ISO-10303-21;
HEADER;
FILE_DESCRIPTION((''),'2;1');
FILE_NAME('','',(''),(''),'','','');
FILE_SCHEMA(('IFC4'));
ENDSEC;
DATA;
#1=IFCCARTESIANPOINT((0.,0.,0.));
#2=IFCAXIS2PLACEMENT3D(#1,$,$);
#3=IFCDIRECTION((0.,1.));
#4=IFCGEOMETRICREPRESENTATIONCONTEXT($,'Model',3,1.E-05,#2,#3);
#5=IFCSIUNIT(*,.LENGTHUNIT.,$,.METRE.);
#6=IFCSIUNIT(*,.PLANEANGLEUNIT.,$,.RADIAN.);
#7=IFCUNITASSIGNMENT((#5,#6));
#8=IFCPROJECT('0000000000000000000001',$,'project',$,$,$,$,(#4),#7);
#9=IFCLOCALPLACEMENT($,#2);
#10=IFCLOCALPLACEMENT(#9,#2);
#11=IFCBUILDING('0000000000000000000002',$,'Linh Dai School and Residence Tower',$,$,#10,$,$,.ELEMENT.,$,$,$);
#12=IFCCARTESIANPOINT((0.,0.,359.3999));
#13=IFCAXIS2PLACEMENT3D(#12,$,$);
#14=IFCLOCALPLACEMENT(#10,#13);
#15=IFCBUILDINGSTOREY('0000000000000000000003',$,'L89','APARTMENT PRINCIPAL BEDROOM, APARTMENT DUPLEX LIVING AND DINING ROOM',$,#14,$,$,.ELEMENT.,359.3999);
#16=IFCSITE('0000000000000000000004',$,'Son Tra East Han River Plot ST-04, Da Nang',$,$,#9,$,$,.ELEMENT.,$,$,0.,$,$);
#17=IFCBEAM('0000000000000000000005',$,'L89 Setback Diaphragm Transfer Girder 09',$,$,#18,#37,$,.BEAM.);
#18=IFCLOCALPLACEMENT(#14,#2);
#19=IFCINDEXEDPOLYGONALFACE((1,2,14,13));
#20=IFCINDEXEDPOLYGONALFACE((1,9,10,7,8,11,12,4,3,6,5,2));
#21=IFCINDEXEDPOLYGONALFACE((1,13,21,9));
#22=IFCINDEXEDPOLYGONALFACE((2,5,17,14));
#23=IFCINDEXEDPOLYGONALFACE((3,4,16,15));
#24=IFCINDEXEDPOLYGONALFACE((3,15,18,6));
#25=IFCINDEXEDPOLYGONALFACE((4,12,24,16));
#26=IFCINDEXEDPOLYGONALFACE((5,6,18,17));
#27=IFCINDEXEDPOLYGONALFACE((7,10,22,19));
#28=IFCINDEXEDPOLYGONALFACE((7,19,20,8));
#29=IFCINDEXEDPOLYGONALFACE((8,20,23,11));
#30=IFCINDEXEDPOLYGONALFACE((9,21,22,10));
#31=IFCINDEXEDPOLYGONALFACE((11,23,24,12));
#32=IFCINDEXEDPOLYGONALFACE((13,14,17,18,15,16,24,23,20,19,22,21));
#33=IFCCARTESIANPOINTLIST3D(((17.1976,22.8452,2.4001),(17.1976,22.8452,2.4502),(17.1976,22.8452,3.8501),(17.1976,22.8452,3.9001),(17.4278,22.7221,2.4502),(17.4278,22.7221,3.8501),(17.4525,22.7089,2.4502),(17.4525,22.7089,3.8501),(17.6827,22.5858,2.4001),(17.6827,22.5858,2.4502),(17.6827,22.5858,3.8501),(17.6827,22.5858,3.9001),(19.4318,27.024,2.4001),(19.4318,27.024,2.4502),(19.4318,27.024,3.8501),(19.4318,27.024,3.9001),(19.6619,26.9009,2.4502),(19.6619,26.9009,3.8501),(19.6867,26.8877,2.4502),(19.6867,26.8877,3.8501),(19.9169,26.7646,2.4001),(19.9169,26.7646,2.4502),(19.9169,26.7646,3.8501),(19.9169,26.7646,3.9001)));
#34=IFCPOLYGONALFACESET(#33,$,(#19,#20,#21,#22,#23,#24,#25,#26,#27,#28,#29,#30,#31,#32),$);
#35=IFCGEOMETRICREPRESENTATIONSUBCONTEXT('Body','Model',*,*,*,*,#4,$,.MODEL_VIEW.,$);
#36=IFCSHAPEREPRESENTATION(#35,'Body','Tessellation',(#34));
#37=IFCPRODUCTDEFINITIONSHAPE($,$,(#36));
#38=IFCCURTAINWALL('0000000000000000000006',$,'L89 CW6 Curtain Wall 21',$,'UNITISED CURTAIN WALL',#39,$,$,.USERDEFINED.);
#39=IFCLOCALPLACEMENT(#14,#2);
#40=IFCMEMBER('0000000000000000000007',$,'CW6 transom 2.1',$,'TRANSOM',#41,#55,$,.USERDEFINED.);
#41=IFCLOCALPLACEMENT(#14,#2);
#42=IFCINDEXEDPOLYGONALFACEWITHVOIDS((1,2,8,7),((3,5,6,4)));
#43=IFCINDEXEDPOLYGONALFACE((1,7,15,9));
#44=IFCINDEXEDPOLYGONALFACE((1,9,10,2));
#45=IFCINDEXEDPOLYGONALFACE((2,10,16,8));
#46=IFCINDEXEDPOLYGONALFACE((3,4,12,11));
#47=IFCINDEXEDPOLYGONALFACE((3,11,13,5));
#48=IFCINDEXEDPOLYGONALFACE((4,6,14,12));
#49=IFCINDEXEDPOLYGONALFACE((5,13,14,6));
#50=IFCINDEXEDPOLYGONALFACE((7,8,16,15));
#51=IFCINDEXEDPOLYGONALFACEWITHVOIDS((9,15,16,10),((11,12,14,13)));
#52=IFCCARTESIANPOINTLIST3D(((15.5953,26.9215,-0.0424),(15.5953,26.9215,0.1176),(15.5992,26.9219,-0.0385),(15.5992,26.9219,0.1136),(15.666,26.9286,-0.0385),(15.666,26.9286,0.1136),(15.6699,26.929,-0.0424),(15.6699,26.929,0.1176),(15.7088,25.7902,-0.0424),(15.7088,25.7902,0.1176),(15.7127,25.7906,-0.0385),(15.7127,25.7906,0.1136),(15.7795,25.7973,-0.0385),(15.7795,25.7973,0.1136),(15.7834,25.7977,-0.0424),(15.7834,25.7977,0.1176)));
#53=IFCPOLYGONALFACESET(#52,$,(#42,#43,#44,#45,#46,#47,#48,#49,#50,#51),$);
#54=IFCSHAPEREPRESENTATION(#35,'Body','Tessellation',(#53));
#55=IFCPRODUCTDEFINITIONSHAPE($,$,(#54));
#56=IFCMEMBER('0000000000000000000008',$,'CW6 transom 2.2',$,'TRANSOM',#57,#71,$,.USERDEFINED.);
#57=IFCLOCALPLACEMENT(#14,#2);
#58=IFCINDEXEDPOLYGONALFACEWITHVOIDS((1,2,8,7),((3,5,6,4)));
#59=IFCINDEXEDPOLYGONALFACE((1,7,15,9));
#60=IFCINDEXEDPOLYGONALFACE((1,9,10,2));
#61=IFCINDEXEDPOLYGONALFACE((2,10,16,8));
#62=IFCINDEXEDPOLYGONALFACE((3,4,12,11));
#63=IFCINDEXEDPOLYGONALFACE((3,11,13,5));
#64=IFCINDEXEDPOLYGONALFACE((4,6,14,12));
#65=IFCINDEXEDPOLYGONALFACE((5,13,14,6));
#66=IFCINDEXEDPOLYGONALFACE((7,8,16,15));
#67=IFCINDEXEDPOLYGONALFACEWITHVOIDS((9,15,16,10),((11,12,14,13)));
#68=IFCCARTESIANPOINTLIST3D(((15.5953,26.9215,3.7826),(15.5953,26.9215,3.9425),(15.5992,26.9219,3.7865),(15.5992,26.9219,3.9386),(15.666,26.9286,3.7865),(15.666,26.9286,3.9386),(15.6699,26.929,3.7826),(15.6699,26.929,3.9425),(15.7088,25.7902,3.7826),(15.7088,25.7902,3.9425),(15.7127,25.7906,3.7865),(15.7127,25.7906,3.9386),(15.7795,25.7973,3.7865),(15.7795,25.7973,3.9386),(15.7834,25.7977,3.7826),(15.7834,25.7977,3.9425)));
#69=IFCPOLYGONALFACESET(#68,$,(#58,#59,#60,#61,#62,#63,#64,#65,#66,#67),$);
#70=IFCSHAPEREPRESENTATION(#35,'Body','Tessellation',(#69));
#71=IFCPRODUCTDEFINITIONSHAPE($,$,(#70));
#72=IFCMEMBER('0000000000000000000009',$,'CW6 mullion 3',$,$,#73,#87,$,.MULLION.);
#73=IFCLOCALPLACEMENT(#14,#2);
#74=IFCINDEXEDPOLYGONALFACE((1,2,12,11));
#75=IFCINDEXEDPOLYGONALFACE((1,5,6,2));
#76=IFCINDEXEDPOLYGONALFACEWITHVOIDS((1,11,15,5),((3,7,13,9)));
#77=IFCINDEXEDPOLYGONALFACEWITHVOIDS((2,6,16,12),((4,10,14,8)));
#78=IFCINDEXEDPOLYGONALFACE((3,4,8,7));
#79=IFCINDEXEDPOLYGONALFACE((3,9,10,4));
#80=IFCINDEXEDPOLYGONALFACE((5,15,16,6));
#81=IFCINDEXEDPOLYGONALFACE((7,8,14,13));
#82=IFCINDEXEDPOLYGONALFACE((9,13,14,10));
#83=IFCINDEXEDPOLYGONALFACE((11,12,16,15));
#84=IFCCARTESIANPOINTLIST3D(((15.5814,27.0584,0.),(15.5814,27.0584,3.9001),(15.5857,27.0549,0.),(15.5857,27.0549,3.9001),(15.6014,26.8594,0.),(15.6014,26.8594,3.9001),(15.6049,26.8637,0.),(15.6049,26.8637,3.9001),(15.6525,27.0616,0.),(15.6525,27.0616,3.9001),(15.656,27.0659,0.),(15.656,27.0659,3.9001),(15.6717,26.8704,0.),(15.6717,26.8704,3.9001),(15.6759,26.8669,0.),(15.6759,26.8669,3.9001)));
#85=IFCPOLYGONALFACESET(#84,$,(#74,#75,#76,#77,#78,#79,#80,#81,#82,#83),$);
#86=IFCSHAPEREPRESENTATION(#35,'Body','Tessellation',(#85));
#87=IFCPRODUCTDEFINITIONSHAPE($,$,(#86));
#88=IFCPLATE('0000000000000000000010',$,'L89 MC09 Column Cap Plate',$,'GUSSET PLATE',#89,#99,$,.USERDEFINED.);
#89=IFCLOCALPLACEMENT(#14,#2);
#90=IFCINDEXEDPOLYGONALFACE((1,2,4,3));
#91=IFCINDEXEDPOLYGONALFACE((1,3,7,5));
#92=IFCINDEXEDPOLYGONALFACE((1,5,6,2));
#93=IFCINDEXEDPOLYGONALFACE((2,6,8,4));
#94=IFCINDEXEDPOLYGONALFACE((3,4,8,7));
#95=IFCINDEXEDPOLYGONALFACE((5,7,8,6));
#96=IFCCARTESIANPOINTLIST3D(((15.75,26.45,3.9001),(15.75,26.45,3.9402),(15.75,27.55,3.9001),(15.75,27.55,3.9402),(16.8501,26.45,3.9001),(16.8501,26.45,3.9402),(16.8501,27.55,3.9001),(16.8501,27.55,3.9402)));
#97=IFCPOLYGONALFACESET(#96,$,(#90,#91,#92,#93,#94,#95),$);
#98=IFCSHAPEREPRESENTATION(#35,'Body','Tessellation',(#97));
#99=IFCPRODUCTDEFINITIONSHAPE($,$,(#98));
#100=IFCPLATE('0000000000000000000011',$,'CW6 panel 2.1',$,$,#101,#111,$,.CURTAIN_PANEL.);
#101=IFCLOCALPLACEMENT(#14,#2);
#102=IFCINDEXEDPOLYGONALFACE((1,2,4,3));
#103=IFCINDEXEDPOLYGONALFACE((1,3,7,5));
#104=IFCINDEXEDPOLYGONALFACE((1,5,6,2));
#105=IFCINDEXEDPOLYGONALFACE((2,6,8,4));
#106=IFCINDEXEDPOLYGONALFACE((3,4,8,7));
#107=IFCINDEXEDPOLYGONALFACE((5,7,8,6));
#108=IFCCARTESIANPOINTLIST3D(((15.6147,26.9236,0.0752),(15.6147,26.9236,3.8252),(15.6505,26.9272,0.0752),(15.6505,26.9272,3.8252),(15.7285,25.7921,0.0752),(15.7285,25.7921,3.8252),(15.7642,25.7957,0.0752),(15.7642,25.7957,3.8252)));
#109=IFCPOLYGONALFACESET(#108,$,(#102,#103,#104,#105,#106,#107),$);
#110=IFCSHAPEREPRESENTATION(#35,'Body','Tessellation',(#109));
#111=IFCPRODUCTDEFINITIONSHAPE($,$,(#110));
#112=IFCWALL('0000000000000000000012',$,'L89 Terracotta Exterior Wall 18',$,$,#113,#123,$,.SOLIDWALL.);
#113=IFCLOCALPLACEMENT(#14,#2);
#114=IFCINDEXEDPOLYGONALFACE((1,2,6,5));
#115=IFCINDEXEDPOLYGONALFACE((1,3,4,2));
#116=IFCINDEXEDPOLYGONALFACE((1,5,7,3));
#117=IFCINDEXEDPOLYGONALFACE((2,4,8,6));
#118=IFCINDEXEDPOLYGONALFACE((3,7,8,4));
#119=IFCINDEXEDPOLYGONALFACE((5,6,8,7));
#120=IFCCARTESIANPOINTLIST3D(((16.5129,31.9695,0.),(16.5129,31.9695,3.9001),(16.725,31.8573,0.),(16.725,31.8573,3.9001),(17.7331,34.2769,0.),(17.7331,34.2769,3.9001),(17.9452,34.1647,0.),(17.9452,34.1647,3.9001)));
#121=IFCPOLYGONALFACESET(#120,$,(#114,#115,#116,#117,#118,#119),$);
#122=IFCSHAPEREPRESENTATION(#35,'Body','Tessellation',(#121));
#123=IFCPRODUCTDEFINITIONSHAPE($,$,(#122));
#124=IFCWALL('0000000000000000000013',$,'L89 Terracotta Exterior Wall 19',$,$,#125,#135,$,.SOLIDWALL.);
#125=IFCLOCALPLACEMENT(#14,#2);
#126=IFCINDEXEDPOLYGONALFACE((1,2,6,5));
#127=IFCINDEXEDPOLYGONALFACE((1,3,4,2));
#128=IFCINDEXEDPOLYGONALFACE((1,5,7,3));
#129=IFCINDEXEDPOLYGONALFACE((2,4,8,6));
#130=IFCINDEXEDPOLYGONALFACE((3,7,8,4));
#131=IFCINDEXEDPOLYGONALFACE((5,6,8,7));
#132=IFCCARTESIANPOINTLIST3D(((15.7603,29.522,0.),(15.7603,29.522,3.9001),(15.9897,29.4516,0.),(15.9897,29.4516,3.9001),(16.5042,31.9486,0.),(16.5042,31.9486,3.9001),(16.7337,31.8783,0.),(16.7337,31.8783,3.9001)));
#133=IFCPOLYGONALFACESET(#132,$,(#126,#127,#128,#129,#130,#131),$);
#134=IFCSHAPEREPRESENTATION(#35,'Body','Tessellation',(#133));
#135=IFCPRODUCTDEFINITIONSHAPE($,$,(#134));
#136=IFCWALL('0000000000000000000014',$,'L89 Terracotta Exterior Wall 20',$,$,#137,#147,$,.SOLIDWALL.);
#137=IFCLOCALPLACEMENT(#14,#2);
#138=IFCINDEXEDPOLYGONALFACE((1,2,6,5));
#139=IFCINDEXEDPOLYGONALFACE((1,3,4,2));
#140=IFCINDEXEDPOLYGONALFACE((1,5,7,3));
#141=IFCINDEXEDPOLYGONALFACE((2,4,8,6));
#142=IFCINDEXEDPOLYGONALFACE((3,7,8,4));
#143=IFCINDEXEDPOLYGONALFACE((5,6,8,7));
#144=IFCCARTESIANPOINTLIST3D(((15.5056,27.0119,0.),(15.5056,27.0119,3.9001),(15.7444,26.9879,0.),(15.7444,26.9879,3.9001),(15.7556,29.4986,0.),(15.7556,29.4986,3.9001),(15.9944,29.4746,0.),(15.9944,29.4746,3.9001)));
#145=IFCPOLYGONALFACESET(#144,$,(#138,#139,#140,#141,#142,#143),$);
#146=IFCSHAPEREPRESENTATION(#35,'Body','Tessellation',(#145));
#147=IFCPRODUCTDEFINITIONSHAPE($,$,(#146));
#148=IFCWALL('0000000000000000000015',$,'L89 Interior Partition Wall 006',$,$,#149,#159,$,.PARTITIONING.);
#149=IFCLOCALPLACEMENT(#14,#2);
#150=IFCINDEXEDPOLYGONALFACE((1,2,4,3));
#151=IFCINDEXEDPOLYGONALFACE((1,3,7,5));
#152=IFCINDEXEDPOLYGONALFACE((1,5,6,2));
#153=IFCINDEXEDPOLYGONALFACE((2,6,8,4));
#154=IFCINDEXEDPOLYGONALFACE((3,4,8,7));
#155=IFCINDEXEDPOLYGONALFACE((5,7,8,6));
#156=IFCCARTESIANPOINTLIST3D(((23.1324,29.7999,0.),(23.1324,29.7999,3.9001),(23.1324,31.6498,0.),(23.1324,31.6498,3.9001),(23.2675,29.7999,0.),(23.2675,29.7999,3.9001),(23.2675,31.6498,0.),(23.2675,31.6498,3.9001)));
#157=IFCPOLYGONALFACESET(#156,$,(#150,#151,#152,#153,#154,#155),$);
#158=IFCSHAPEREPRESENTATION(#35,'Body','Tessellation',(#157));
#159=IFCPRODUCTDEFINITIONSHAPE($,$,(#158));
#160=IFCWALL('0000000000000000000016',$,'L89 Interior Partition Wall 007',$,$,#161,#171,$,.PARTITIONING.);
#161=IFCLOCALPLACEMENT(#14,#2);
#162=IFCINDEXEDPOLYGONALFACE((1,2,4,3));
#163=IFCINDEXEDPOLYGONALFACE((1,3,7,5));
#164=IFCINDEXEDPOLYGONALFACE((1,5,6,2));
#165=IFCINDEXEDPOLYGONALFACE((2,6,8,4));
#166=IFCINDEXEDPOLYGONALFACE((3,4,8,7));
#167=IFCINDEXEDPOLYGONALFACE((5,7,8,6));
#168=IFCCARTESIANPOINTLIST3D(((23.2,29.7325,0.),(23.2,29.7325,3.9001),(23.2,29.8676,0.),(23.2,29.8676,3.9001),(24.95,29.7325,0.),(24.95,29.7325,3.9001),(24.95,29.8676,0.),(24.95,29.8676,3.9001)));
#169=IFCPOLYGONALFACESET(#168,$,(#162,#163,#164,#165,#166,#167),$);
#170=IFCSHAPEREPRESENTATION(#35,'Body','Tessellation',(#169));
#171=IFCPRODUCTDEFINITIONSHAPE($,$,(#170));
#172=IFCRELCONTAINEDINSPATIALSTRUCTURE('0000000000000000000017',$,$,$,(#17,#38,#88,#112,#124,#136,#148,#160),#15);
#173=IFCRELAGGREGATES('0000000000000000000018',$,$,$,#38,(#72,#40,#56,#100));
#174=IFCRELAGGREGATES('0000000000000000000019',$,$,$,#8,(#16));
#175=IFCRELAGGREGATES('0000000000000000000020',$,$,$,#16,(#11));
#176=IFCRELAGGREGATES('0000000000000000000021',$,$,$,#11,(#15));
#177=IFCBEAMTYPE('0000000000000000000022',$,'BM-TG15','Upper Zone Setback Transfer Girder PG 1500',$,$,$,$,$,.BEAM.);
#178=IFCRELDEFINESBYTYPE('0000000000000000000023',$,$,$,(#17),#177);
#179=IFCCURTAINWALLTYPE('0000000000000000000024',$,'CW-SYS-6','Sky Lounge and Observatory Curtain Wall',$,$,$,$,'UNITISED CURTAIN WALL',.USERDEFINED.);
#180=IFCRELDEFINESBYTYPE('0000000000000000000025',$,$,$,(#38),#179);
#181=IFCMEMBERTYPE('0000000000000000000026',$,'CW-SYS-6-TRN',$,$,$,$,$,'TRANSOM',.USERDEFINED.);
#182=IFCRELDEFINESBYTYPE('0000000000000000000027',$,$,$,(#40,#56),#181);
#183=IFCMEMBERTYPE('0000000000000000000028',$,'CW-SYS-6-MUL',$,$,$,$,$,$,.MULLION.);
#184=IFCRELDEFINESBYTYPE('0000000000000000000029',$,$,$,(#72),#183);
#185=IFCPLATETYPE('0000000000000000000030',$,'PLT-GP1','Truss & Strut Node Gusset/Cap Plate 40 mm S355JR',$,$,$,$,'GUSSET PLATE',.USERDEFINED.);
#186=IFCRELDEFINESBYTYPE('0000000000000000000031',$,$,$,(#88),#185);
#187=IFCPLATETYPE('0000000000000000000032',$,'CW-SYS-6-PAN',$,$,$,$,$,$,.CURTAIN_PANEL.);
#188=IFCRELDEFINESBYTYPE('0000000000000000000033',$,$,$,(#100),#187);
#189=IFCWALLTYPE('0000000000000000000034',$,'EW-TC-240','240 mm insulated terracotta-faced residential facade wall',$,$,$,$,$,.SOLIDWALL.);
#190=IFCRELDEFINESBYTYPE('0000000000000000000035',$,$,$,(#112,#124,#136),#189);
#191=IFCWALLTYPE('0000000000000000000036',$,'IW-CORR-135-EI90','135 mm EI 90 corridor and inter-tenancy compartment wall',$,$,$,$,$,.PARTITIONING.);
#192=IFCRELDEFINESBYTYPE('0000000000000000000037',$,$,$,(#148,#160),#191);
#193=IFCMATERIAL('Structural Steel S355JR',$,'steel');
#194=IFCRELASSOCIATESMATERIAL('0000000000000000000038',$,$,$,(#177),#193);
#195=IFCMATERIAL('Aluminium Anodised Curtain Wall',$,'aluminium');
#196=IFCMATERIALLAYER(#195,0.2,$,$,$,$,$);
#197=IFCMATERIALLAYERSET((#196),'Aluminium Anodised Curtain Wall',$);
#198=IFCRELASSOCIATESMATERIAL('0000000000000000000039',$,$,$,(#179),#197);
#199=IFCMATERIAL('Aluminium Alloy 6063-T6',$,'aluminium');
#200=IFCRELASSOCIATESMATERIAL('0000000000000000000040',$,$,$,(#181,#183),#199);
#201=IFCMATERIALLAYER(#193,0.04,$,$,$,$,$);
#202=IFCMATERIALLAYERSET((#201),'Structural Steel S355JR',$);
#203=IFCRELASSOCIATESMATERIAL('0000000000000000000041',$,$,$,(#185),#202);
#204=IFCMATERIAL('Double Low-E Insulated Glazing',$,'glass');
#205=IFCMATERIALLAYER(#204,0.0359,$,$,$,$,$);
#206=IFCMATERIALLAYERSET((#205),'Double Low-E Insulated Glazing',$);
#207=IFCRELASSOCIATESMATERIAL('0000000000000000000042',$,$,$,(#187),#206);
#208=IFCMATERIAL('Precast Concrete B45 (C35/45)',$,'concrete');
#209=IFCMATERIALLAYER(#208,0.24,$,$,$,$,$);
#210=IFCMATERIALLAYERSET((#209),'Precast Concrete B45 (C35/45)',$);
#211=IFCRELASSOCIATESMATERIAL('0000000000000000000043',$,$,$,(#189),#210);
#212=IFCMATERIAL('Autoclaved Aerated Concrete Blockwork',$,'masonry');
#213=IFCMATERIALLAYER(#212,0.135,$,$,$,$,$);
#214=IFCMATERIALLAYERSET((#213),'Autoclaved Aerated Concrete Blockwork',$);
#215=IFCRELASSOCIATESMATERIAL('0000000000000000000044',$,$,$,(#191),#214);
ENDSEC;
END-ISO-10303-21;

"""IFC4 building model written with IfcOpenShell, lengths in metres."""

from ifc_helpers import new_model, si_unit, direction, frame, frame_2d, origin, origin_2d, place, context, subcontext, project, spatial, rectangle, hollow_rectangle, i_section, extrude, source, transform, mapped, material, layer, layer_set, material_profile, profile_set, type_object, element, aggregate, save


model = new_model("IFC4")

# Units and contexts
model_context = context("Model", 3, precision=1e-05, world=origin(), true_north=direction((0.0, 1.0)))
body_context = subcontext(model_context, "Body", "Model", "MODEL_VIEW")
ifc_project = project(units=[si_unit("LENGTHUNIT", "METRE"), si_unit("PLANEANGLEUNIT", "RADIAN")], contexts=[model_context])

# Site, building, storey
site_placement = place(None, origin())
site = spatial("IfcSite", under=ifc_project, at=site_placement, Name="Son Tra East Han River Plot ST-04, Da Nang", CompositionType="ELEMENT", RefElevation=0.0)
building_placement = place(site_placement, origin())
building = spatial("IfcBuilding", under=site, at=building_placement, Name="Linh Dai School and Residence Tower", CompositionType="ELEMENT")
storey_placement = place(building_placement, frame((0.0, 0.0, 359.3999)))
storey = spatial("IfcBuildingStorey", under=building, at=storey_placement, Name="L89", Description="APARTMENT PRINCIPAL BEDROOM, APARTMENT DUPLEX LIVING AND DINING ROOM", CompositionType="ELEMENT", Elevation=359.3999)

# Shared definitions
ifc_material_1 = material(Name="Structural Steel S355JR", Category="steel")

# Beam
ifc_material_profile_1 = material_profile(ifc_material_1, i_section(OverallWidth=0.55, OverallDepth=1.5, WebThickness=0.0281, FlangeThickness=0.05, at=origin_2d()), Name="PG 1500x550x28x50")
ifc_profile_set_1 = profile_set([ifc_material_profile_1], Name="Structural Steel S355JR")
beam_type_1 = type_object("IfcBeamType", Name="BM-TG15", Description="Upper Zone Setback Transfer Girder PG 1500", PredefinedType="BEAM", material=ifc_profile_set_1)
beam_1_placement = place(storey_placement, frame((19.6743, 26.8943, 3.1501), z_axis=(-0.471489, -0.881872, 0.0), x_axis=(0.881872, -0.471489, 0.0)))
element("IfcBeam", 1, at=beam_1_placement, inside=storey, type_object=beam_type_1, Name="L89 Setback Diaphragm Transfer Girder 09", PredefinedType="BEAM", context=body_context, shape_type="SweptSolid", body=[
    extrude(i_section(OverallWidth=0.55, OverallDepth=1.5, WebThickness=0.0281, FlangeThickness=0.05, at=origin_2d()), origin(), (0.0, 0.0, 1.0), 4.7385),
])

# Curtain wall, members
ifc_material_2 = material(Name="Aluminium Anodised Curtain Wall", Category="aluminium")
ifc_layer_1 = layer(ifc_material_2, 0.2)
ifc_layer_set_1 = layer_set([ifc_layer_1], Name="Aluminium Anodised Curtain Wall")
curtain_wall_type = type_object("IfcCurtainWallType", Name="CW-SYS-6", Description="Sky Lounge and Observatory Curtain Wall", ElementType="UNITISED CURTAIN WALL", PredefinedType="USERDEFINED", material=ifc_layer_set_1)
curtain_wall_placement = place(storey_placement, origin())
curtain_wall = element("IfcCurtainWall", 2, at=curtain_wall_placement, inside=storey, type_object=curtain_wall_type, Name="L89 CW6 Curtain Wall 21", ObjectType="UNITISED CURTAIN WALL", PredefinedType="USERDEFINED")
ifc_material_3 = material(Name="Aluminium Alloy 6063-T6", Category="aluminium")
ifc_material_profile_2 = material_profile(ifc_material_3, hollow_rectangle(XDim=0.075, YDim=0.1599, WallThickness=0.0039, at=origin_2d()), Name="RHS 160x75x4")
ifc_profile_set_2 = profile_set([ifc_material_profile_2], Name="Aluminium Alloy 6063-T6")
member_type_1 = type_object("IfcMemberType", Name="CW-SYS-6-TRN", ElementType="TRANSOM", PredefinedType="USERDEFINED", material=ifc_profile_set_2)
shared_shape_1 = source(origin(), body_context, "Body", "SweptSolid", [
    extrude(hollow_rectangle(XDim=0.075, YDim=0.1599, WallThickness=0.0039, at=origin_2d()), origin(), (0.0, 0.0, 1.0), 1.137),
])
member_1_placement = place(storey_placement, frame((15.7461, 25.7939, 0.0376), z_axis=(-0.099844, 0.995003, 0.0), x_axis=(-0.995003, -0.099844, 0.0)))
member_1 = element("IfcMember", 3, at=member_1_placement, type_object=member_type_1, Name="CW6 transom 2.1", ObjectType="TRANSOM", PredefinedType="USERDEFINED", context=body_context, shape_type="MappedRepresentation", body=[
    mapped(shared_shape_1, transform((0.0, 0.0, 0.0), x_axis=(1.0, 0.0, 0.0), y_axis=(0.0, 1.0, 0.0), z_axis=(0.0, 0.0, 1.0), scale=1.0)),
])
member_2_placement = place(storey_placement, frame((15.7461, 25.7939, 3.8625), z_axis=(-0.099844, 0.995003, 0.0), x_axis=(-0.995003, -0.099844, 0.0)))
member_2 = element("IfcMember", 4, at=member_2_placement, type_object=member_type_1, Name="CW6 transom 2.2", ObjectType="TRANSOM", PredefinedType="USERDEFINED", context=body_context, shape_type="MappedRepresentation", body=[
    mapped(shared_shape_1, transform((0.0, 0.0, 0.0), x_axis=(1.0, 0.0, 0.0), y_axis=(0.0, 1.0, 0.0), z_axis=(0.0, 0.0, 1.0), scale=1.0)),
])
ifc_material_profile_3 = material_profile(ifc_material_3, hollow_rectangle(XDim=0.075, YDim=0.2, WallThickness=0.0039, at=origin_2d()), Name="RHS 200x75x4")
ifc_profile_set_3 = profile_set([ifc_material_profile_3], Name="Aluminium Alloy 6063-T6")
member_type_2 = type_object("IfcMemberType", Name="CW-SYS-6-MUL", PredefinedType="MULLION", material=ifc_profile_set_3)
shared_shape_2 = source(origin(), body_context, "Body", "SweptSolid", [
    extrude(hollow_rectangle(XDim=0.075, YDim=0.2, WallThickness=0.0039, at=origin_2d()), origin(), (0.0, 0.0, 1.0), 3.9001),
])
member_3_placement = place(storey_placement, frame((15.6287, 26.9626, 0.0), z_axis=(0.0, 0.0, 1.0), x_axis=(-0.994988, -0.099992, 0.0)))
member_3 = element("IfcMember", 5, at=member_3_placement, type_object=member_type_2, Name="CW6 mullion 3", PredefinedType="MULLION", context=body_context, shape_type="MappedRepresentation", body=[
    mapped(shared_shape_2, transform((0.0, 0.0, 0.0), x_axis=(1.0, 0.0, 0.0), y_axis=(0.0, 1.0, 0.0), z_axis=(0.0, 0.0, 1.0), scale=1.0)),
])

# Plates
ifc_layer_2 = layer(ifc_material_1, 0.04)
ifc_layer_set_2 = layer_set([ifc_layer_2], Name="Structural Steel S355JR")
plate_type_1 = type_object("IfcPlateType", Name="PLT-GP1", Description="Truss & Strut Node Gusset/Cap Plate 40 mm S355JR", ElementType="GUSSET PLATE", PredefinedType="USERDEFINED", material=ifc_layer_set_2)
shared_shape_3 = source(origin(), body_context, "Body", "SweptSolid", [
    extrude(rectangle(XDim=1.1001, YDim=1.1001, at=origin_2d()), origin(), (0.0, 0.0, 1.0), 0.04),
])
plate_1_placement = place(storey_placement, frame((16.3, 27.0, 3.9001), z_axis=(0.0, 0.0, 1.0), x_axis=(1.0, 0.0, 0.0)))
element("IfcPlate", 6, at=plate_1_placement, inside=storey, type_object=plate_type_1, Name="L89 MC09 Column Cap Plate", ObjectType="GUSSET PLATE", PredefinedType="USERDEFINED", context=body_context, shape_type="MappedRepresentation", body=[
    mapped(shared_shape_3, transform((0.0, 0.0, 0.0), x_axis=(1.0, 0.0, 0.0), y_axis=(0.0, 1.0, 0.0), z_axis=(0.0, 0.0, 1.0), scale=1.0)),
])
ifc_material_4 = material(Name="Double Low-E Insulated Glazing", Category="glass")
ifc_layer_3 = layer(ifc_material_4, 0.0359)
ifc_layer_set_3 = layer_set([ifc_layer_3], Name="Double Low-E Insulated Glazing")
plate_type_2 = type_object("IfcPlateType", Name="CW-SYS-6-PAN", PredefinedType="CURTAIN_PANEL", material=ifc_layer_set_3)
shared_shape_4 = source(origin(), body_context, "Body", "SweptSolid", [
    extrude(rectangle(XDim=1.1372, YDim=0.0359, at=origin_2d()), origin(), (0.0, 0.0, 1.0), 3.75),
])
plate_2_placement = place(storey_placement, frame((15.6895, 26.3596, 0.0752), z_axis=(0.0, 0.0, 1.0), x_axis=(-0.099992, 0.994988, 0.0)))
plate_2 = element("IfcPlate", 7, at=plate_2_placement, type_object=plate_type_2, Name="CW6 panel 2.1", PredefinedType="CURTAIN_PANEL", context=body_context, shape_type="MappedRepresentation", body=[
    mapped(shared_shape_4, transform((0.0, 0.0, 0.0), x_axis=(1.0, 0.0, 0.0), y_axis=(0.0, 1.0, 0.0), z_axis=(0.0, 0.0, 1.0), scale=1.0)),
])
aggregate(curtain_wall, [member_3, member_1, member_2, plate_2])

# Walls
ifc_material_5 = material(Name="Precast Concrete B45 (C35/45)", Category="concrete")
ifc_layer_4 = layer(ifc_material_5, 0.24)
ifc_layer_set_4 = layer_set([ifc_layer_4], Name="Precast Concrete B45 (C35/45)")
wall_type_1 = type_object("IfcWallType", Name="EW-TC-240", Description="240 mm insulated terracotta-faced residential facade wall", PredefinedType="SOLIDWALL", material=ifc_layer_set_4)
wall_1_placement = place(storey_placement, frame((16.6189, 31.9133, 0.0), z_axis=(0.0, 0.0, 1.0), x_axis=(0.467488, 0.883999, 0.0)))
element("IfcWall", 8, at=wall_1_placement, inside=storey, type_object=wall_type_1, Name="L89 Terracotta Exterior Wall 18", PredefinedType="SOLIDWALL", context=body_context, shape_type="SweptSolid", body=[
    extrude(rectangle(XDim=2.6101, YDim=0.24, at=frame_2d((1.3052, 0.0))), origin(), (0.0, 0.0, 1.0), 3.9001),
])
wall_2_placement = place(storey_placement, frame((15.875, 29.4868, 0.0), z_axis=(0.0, 0.0, 1.0), x_axis=(0.293106, 0.95608, 0.0)))
element("IfcWall", 9, at=wall_2_placement, inside=storey, type_object=wall_type_1, Name="L89 Terracotta Exterior Wall 19", PredefinedType="SOLIDWALL", context=body_context, shape_type="SweptSolid", body=[
    extrude(rectangle(XDim=2.5381, YDim=0.24, at=frame_2d((1.269, 0.0))), origin(), (0.0, 0.0, 1.0), 3.9001),
])
wall_3_placement = place(storey_placement, frame((15.625, 27.0, 0.0), z_axis=(0.0, 0.0, 1.0), x_axis=(0.100026, 0.994985, 0.0)))
element("IfcWall", 10, at=wall_3_placement, inside=storey, type_object=wall_type_1, Name="L89 Terracotta Exterior Wall 20", PredefinedType="SOLIDWALL", context=body_context, shape_type="SweptSolid", body=[
    extrude(rectangle(XDim=2.4993, YDim=0.24, at=frame_2d((1.2495, 0.0))), origin(), (0.0, 0.0, 1.0), 3.9001),
])
ifc_material_6 = material(Name="Autoclaved Aerated Concrete Blockwork", Category="masonry")
ifc_layer_5 = layer(ifc_material_6, 0.135)
ifc_layer_set_5 = layer_set([ifc_layer_5], Name="Autoclaved Aerated Concrete Blockwork")
wall_type_2 = type_object("IfcWallType", Name="IW-CORR-135-EI90", Description="135 mm EI 90 corridor and inter-tenancy compartment wall", PredefinedType="PARTITIONING", material=ifc_layer_set_5)
wall_4_placement = place(storey_placement, frame((23.2, 29.8, 0.0), z_axis=(0.0, 0.0, 1.0), x_axis=(0.0, 1.0, 0.0)))
element("IfcWall", 11, at=wall_4_placement, inside=storey, type_object=wall_type_2, Name="L89 Interior Partition Wall 006", PredefinedType="PARTITIONING", context=body_context, shape_type="SweptSolid", body=[
    extrude(rectangle(XDim=1.8499, YDim=0.135, at=frame_2d((0.9248, 0.0))), origin(), (0.0, 0.0, 1.0), 3.9001),
])
wall_5_placement = place(storey_placement, frame((23.2, 29.8, 0.0), z_axis=(0.0, 0.0, 1.0), x_axis=(1.0, 0.0, 0.0)))
element("IfcWall", 12, at=wall_5_placement, inside=storey, type_object=wall_type_2, Name="L89 Interior Partition Wall 007", PredefinedType="PARTITIONING", context=body_context, shape_type="SweptSolid", body=[
    extrude(rectangle(XDim=1.75, YDim=0.135, at=frame_2d((0.875, 0.0))), origin(), (0.0, 0.0, 1.0), 3.9001),
])

save(model, "model.ifc")
